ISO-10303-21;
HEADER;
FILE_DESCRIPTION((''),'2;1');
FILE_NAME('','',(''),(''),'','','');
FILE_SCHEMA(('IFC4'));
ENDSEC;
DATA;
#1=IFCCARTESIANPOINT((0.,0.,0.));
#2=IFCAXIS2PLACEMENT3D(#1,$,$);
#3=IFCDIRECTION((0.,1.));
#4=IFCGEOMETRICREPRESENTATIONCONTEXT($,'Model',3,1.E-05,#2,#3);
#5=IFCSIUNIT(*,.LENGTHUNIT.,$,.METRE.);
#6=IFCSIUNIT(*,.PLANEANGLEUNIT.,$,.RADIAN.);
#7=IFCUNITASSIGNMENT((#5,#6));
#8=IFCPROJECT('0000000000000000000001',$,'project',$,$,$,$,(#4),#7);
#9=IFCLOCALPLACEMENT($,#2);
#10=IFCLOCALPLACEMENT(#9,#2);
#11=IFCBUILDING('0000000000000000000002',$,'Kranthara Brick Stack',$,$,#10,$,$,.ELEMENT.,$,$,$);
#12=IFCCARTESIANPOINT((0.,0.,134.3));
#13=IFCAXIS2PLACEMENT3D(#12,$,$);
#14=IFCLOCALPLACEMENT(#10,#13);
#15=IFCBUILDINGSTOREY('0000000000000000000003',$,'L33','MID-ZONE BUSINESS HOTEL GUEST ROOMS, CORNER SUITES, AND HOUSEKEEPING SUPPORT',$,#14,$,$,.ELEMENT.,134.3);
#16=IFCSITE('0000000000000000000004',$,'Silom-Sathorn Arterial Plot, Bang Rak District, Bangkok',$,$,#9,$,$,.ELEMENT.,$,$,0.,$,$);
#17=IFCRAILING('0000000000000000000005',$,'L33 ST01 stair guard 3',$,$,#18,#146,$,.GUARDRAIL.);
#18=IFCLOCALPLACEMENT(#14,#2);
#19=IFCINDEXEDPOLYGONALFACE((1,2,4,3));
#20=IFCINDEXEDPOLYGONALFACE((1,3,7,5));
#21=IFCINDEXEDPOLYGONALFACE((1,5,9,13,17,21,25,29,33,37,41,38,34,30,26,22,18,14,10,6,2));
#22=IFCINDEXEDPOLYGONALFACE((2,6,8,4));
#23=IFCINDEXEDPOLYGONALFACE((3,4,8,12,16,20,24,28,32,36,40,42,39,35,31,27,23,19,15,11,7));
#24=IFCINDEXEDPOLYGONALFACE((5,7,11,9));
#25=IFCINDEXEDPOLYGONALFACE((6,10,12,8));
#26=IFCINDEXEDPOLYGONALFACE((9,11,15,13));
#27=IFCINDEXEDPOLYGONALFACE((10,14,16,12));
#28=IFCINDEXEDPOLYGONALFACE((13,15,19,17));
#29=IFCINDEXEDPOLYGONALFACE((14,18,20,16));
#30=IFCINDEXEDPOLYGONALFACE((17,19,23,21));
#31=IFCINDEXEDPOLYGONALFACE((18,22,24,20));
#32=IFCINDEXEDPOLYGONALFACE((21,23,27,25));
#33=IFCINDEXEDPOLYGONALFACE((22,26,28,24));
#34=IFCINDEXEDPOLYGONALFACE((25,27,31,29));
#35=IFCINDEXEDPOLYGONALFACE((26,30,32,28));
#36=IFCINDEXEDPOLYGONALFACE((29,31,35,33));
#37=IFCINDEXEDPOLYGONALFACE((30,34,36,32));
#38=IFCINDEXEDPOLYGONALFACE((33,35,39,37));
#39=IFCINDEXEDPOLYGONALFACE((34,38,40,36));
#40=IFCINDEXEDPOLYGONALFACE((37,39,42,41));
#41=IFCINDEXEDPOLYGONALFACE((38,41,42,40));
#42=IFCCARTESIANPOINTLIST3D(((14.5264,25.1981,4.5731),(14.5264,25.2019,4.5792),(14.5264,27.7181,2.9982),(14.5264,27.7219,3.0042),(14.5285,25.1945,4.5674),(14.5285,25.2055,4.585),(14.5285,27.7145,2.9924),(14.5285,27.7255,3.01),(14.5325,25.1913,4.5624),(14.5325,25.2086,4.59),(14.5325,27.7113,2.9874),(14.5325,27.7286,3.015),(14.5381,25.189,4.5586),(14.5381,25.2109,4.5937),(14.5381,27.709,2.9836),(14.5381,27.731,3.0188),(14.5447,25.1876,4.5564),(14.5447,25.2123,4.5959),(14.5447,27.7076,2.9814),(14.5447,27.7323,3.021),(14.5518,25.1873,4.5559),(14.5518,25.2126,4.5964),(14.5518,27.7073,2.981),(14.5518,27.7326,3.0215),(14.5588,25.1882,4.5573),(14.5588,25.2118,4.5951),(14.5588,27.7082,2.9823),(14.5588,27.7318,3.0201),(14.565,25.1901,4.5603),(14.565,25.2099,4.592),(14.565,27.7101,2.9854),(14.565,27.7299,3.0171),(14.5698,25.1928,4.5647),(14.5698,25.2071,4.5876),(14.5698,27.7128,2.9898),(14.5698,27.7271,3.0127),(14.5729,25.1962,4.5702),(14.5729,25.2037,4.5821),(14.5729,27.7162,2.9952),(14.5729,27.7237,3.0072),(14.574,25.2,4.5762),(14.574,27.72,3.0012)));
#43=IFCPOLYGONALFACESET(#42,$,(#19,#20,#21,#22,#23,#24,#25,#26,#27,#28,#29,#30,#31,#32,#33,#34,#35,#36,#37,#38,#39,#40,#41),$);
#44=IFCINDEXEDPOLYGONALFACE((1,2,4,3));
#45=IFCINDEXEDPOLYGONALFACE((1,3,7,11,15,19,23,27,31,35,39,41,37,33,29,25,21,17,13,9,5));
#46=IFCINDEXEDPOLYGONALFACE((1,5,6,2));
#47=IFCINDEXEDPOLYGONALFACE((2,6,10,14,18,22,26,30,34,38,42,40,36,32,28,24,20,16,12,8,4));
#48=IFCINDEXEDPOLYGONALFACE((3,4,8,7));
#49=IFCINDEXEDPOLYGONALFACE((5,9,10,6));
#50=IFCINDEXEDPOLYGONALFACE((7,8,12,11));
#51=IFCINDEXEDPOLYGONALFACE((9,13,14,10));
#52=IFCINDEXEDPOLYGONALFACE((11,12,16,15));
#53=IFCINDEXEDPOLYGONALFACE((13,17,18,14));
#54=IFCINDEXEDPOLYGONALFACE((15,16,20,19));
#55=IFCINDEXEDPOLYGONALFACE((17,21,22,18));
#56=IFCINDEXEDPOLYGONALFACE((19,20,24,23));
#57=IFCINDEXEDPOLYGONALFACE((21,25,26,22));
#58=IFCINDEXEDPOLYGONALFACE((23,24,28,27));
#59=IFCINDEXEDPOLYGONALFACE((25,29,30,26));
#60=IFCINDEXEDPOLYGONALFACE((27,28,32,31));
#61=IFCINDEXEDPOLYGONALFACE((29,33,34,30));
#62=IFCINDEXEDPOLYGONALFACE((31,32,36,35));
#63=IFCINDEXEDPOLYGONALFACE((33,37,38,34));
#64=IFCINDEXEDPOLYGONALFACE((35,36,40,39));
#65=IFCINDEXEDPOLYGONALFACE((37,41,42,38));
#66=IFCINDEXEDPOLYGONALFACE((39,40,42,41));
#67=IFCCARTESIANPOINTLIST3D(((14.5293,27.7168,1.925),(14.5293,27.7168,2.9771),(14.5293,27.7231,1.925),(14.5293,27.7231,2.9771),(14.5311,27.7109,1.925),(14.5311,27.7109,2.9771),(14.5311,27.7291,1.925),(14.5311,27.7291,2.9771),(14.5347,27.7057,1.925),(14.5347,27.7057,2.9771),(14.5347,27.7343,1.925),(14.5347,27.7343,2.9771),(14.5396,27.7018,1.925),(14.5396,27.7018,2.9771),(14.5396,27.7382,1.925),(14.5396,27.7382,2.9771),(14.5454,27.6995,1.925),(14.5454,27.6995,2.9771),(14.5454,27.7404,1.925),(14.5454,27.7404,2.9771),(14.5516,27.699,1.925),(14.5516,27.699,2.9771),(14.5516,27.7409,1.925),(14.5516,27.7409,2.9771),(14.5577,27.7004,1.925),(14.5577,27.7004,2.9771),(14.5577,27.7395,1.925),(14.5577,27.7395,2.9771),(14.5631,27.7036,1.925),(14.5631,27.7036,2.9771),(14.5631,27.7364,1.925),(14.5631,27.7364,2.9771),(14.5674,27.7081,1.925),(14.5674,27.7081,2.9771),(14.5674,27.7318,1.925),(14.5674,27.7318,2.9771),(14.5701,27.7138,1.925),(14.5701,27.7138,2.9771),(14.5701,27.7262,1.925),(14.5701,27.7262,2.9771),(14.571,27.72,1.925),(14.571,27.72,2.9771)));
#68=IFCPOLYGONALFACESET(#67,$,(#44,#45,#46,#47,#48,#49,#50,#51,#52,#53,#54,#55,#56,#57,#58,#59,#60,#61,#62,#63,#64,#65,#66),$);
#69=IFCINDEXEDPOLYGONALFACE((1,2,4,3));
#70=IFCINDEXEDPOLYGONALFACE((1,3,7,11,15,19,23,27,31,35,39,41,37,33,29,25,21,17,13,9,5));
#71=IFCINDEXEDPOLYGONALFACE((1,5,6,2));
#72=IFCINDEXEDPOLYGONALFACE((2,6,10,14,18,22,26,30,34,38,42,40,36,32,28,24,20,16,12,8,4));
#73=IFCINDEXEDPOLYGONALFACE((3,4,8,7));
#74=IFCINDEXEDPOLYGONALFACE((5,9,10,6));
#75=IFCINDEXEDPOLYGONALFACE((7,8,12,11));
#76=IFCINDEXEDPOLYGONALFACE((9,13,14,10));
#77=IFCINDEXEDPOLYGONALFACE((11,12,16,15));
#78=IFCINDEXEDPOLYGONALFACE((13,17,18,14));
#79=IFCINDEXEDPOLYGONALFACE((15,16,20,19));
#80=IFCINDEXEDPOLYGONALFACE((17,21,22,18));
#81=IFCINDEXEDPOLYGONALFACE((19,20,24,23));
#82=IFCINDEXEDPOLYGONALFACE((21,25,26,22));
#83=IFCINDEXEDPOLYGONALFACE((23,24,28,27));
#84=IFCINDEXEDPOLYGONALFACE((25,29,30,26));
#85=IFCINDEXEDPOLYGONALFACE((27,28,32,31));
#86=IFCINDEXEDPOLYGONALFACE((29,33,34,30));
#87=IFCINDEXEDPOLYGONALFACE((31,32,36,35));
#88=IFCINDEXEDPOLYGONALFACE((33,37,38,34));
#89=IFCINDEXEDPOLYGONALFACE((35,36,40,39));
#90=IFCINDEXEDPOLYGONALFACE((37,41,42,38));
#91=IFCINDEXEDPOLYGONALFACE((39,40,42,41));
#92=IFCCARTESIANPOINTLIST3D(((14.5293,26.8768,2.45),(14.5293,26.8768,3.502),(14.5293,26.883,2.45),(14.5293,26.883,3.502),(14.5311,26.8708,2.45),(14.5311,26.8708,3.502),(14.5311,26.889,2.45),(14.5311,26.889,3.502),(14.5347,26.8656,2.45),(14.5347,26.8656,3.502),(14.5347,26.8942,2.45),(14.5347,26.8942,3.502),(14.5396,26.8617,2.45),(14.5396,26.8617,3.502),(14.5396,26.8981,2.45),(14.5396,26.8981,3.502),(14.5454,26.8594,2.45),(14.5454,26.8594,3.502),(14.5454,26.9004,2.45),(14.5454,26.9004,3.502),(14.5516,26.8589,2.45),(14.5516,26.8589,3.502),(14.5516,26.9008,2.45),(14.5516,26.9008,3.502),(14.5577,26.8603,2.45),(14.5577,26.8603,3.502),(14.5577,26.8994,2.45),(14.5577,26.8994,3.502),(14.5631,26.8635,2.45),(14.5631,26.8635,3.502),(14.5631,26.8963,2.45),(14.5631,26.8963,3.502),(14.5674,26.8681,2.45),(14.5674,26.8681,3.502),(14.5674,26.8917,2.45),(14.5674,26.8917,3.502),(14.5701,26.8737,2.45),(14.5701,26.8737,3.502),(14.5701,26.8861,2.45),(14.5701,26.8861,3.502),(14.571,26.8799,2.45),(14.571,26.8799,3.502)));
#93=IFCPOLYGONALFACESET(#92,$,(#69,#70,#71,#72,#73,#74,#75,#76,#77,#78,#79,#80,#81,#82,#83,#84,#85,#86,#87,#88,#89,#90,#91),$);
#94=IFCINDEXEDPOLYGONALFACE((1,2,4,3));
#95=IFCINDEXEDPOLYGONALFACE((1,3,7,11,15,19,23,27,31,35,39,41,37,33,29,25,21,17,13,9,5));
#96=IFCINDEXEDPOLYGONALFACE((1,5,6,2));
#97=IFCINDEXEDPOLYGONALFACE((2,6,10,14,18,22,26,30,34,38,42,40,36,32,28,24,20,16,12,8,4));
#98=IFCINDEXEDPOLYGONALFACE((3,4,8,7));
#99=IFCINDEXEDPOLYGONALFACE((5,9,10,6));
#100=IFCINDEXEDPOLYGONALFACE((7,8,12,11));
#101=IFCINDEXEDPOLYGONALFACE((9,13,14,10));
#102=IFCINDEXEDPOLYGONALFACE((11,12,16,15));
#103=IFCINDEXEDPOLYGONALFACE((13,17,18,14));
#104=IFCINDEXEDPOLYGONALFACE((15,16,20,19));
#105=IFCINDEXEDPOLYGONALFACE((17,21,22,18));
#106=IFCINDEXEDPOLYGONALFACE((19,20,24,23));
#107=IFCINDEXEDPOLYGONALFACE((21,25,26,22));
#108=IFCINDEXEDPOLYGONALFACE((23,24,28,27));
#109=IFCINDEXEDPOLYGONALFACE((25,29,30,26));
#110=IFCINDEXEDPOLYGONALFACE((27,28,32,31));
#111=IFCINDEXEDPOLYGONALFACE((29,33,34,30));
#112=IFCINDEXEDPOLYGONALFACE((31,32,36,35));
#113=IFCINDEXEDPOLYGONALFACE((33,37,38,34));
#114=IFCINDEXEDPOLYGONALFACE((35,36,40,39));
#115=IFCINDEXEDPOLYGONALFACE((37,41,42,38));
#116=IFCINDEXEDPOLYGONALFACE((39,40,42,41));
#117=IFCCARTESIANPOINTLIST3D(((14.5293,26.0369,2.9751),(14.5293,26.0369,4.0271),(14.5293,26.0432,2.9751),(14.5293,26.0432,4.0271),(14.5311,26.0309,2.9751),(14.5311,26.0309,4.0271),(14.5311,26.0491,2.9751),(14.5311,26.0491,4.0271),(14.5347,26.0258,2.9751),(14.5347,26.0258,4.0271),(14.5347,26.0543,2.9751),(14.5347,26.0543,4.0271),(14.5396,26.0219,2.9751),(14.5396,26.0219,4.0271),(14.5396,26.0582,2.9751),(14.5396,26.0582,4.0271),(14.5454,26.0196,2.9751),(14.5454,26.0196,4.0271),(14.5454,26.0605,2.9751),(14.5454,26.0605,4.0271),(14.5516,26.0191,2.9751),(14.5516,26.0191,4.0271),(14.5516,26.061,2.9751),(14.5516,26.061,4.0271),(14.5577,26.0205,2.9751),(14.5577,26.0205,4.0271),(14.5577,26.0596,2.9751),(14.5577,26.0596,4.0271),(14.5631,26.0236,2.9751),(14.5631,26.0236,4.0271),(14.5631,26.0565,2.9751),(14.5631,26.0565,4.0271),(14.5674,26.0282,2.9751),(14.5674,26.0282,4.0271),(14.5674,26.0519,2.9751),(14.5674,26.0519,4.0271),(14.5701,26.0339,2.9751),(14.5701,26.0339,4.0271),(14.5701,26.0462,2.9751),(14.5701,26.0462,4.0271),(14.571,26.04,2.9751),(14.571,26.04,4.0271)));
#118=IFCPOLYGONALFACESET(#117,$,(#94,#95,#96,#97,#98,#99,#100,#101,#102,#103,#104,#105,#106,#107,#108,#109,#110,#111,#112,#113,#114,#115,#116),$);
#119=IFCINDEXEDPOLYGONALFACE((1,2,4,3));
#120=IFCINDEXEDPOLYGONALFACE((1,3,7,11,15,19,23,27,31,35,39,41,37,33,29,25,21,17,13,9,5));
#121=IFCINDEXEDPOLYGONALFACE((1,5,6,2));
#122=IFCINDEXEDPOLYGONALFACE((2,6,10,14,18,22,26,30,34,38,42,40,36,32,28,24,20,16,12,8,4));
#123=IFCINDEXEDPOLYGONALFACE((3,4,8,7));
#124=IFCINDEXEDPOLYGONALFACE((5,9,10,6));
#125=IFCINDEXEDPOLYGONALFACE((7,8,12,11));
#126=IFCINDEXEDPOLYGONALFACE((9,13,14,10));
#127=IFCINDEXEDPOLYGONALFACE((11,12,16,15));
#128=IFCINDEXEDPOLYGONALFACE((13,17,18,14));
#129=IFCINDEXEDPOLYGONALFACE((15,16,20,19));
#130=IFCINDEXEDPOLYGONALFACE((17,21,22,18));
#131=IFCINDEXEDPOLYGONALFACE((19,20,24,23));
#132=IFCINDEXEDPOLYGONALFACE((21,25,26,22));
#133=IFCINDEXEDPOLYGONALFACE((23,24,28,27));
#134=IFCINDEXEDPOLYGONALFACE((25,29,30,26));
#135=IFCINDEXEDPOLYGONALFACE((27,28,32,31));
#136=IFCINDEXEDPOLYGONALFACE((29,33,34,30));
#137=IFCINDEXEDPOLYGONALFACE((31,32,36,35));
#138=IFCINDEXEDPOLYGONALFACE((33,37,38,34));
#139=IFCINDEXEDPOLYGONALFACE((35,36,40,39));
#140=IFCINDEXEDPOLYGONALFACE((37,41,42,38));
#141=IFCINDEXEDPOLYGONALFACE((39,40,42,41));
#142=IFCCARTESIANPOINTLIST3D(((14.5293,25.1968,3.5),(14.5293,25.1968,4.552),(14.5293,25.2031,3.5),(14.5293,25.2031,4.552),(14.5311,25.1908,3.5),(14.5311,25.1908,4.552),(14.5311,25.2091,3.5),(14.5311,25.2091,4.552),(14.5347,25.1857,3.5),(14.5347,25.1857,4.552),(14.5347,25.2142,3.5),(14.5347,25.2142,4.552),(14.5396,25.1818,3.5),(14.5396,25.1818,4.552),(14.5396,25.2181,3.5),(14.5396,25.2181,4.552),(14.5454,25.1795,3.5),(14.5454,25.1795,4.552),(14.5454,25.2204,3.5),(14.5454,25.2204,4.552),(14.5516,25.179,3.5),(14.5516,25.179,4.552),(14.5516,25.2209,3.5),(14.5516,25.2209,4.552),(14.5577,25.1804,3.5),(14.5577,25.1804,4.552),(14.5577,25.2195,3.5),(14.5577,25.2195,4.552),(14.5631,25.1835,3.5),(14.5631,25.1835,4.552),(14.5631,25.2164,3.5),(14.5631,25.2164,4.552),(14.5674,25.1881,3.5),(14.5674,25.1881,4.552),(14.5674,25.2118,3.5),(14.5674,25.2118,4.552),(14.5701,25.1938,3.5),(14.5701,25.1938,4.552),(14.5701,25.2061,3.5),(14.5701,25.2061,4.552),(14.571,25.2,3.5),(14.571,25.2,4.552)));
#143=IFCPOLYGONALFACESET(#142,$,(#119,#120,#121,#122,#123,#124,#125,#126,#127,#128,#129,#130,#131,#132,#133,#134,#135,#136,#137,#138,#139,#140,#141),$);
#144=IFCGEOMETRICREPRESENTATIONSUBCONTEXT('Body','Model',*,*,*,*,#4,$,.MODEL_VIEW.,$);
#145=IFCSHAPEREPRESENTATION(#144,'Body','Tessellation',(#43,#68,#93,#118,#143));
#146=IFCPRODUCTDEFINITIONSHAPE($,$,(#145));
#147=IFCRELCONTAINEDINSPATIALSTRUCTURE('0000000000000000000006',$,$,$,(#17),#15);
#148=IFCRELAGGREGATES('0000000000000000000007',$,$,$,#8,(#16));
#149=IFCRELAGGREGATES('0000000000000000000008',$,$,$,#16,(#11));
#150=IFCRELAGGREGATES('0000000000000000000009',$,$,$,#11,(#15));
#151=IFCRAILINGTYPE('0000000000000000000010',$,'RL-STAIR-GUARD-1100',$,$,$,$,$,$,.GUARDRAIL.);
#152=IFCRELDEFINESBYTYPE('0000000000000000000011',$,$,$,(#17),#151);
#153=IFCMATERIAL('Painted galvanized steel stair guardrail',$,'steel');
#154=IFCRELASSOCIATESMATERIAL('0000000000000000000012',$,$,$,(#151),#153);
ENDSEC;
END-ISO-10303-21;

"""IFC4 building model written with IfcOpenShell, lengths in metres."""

from ifc_helpers import new_model, si_unit, direction, frame, origin, origin_2d, place, context, subcontext, project, spatial, circle, extrude, material, type_object, element, save


model = new_model("IFC4")

# Units and contexts
model_context = context("Model", 3, precision=1e-05, world=origin(), true_north=direction((0.0, 1.0)))
body_context = subcontext(model_context, "Body", "Model", "MODEL_VIEW")
ifc_project = project(units=[si_unit("LENGTHUNIT", "METRE"), si_unit("PLANEANGLEUNIT", "RADIAN")], contexts=[model_context])

# Site, building, storey
site_placement = place(None, origin())
site = spatial("IfcSite", under=ifc_project, at=site_placement, Name="Silom-Sathorn Arterial Plot, Bang Rak District, Bangkok", CompositionType="ELEMENT", RefElevation=0.0)
building_placement = place(site_placement, origin())
building = spatial("IfcBuilding", under=site, at=building_placement, Name="Kranthara Brick Stack", CompositionType="ELEMENT")
storey_placement = place(building_placement, frame((0.0, 0.0, 134.3)))
storey = spatial("IfcBuildingStorey", under=building, at=storey_placement, Name="L33", Description="MID-ZONE BUSINESS HOTEL GUEST ROOMS, CORNER SUITES, AND HOUSEKEEPING SUPPORT", CompositionType="ELEMENT", Elevation=134.3)

# Railing
ifc_material_1 = material(Name="Painted galvanized steel stair guardrail", Category="steel")
railing_type_1 = type_object("IfcRailingType", Name="RL-STAIR-GUARD-1100", PredefinedType="GUARDRAIL", material=ifc_material_1)
railing_1_placement = place(storey_placement, frame((14.55, 27.72, 1.925)))
element("IfcRailing", 1, at=railing_1_placement, inside=storey, type_object=railing_type_1, Name="L33 ST01 stair guard 3", PredefinedType="GUARDRAIL", context=body_context, shape_type="SweptSolid", body=[
    extrude(circle(Radius=0.0239, at=origin_2d()), frame((0.0, 0.0, 1.0762), z_axis=(0.0, -0.848008, 0.529984), x_axis=(1.0, 0.0, 0.0)), (0.0, 0.0, 1.0), 2.9717),
    extrude(circle(Radius=0.021, at=origin_2d()), origin(), (0.0, 0.0, 1.0), 1.052),
    extrude(circle(Radius=0.021, at=origin_2d()), frame((0.0, -0.8401, 0.5249)), (0.0, 0.0, 1.0), 1.052),
    extrude(circle(Radius=0.021, at=origin_2d()), frame((0.0, -1.6799, 1.05)), (0.0, 0.0, 1.0), 1.052),
    extrude(circle(Radius=0.021, at=origin_2d()), frame((0.0, -2.52, 1.575)), (0.0, 0.0, 1.0), 1.052),
])

save(model, "model.ifc")
